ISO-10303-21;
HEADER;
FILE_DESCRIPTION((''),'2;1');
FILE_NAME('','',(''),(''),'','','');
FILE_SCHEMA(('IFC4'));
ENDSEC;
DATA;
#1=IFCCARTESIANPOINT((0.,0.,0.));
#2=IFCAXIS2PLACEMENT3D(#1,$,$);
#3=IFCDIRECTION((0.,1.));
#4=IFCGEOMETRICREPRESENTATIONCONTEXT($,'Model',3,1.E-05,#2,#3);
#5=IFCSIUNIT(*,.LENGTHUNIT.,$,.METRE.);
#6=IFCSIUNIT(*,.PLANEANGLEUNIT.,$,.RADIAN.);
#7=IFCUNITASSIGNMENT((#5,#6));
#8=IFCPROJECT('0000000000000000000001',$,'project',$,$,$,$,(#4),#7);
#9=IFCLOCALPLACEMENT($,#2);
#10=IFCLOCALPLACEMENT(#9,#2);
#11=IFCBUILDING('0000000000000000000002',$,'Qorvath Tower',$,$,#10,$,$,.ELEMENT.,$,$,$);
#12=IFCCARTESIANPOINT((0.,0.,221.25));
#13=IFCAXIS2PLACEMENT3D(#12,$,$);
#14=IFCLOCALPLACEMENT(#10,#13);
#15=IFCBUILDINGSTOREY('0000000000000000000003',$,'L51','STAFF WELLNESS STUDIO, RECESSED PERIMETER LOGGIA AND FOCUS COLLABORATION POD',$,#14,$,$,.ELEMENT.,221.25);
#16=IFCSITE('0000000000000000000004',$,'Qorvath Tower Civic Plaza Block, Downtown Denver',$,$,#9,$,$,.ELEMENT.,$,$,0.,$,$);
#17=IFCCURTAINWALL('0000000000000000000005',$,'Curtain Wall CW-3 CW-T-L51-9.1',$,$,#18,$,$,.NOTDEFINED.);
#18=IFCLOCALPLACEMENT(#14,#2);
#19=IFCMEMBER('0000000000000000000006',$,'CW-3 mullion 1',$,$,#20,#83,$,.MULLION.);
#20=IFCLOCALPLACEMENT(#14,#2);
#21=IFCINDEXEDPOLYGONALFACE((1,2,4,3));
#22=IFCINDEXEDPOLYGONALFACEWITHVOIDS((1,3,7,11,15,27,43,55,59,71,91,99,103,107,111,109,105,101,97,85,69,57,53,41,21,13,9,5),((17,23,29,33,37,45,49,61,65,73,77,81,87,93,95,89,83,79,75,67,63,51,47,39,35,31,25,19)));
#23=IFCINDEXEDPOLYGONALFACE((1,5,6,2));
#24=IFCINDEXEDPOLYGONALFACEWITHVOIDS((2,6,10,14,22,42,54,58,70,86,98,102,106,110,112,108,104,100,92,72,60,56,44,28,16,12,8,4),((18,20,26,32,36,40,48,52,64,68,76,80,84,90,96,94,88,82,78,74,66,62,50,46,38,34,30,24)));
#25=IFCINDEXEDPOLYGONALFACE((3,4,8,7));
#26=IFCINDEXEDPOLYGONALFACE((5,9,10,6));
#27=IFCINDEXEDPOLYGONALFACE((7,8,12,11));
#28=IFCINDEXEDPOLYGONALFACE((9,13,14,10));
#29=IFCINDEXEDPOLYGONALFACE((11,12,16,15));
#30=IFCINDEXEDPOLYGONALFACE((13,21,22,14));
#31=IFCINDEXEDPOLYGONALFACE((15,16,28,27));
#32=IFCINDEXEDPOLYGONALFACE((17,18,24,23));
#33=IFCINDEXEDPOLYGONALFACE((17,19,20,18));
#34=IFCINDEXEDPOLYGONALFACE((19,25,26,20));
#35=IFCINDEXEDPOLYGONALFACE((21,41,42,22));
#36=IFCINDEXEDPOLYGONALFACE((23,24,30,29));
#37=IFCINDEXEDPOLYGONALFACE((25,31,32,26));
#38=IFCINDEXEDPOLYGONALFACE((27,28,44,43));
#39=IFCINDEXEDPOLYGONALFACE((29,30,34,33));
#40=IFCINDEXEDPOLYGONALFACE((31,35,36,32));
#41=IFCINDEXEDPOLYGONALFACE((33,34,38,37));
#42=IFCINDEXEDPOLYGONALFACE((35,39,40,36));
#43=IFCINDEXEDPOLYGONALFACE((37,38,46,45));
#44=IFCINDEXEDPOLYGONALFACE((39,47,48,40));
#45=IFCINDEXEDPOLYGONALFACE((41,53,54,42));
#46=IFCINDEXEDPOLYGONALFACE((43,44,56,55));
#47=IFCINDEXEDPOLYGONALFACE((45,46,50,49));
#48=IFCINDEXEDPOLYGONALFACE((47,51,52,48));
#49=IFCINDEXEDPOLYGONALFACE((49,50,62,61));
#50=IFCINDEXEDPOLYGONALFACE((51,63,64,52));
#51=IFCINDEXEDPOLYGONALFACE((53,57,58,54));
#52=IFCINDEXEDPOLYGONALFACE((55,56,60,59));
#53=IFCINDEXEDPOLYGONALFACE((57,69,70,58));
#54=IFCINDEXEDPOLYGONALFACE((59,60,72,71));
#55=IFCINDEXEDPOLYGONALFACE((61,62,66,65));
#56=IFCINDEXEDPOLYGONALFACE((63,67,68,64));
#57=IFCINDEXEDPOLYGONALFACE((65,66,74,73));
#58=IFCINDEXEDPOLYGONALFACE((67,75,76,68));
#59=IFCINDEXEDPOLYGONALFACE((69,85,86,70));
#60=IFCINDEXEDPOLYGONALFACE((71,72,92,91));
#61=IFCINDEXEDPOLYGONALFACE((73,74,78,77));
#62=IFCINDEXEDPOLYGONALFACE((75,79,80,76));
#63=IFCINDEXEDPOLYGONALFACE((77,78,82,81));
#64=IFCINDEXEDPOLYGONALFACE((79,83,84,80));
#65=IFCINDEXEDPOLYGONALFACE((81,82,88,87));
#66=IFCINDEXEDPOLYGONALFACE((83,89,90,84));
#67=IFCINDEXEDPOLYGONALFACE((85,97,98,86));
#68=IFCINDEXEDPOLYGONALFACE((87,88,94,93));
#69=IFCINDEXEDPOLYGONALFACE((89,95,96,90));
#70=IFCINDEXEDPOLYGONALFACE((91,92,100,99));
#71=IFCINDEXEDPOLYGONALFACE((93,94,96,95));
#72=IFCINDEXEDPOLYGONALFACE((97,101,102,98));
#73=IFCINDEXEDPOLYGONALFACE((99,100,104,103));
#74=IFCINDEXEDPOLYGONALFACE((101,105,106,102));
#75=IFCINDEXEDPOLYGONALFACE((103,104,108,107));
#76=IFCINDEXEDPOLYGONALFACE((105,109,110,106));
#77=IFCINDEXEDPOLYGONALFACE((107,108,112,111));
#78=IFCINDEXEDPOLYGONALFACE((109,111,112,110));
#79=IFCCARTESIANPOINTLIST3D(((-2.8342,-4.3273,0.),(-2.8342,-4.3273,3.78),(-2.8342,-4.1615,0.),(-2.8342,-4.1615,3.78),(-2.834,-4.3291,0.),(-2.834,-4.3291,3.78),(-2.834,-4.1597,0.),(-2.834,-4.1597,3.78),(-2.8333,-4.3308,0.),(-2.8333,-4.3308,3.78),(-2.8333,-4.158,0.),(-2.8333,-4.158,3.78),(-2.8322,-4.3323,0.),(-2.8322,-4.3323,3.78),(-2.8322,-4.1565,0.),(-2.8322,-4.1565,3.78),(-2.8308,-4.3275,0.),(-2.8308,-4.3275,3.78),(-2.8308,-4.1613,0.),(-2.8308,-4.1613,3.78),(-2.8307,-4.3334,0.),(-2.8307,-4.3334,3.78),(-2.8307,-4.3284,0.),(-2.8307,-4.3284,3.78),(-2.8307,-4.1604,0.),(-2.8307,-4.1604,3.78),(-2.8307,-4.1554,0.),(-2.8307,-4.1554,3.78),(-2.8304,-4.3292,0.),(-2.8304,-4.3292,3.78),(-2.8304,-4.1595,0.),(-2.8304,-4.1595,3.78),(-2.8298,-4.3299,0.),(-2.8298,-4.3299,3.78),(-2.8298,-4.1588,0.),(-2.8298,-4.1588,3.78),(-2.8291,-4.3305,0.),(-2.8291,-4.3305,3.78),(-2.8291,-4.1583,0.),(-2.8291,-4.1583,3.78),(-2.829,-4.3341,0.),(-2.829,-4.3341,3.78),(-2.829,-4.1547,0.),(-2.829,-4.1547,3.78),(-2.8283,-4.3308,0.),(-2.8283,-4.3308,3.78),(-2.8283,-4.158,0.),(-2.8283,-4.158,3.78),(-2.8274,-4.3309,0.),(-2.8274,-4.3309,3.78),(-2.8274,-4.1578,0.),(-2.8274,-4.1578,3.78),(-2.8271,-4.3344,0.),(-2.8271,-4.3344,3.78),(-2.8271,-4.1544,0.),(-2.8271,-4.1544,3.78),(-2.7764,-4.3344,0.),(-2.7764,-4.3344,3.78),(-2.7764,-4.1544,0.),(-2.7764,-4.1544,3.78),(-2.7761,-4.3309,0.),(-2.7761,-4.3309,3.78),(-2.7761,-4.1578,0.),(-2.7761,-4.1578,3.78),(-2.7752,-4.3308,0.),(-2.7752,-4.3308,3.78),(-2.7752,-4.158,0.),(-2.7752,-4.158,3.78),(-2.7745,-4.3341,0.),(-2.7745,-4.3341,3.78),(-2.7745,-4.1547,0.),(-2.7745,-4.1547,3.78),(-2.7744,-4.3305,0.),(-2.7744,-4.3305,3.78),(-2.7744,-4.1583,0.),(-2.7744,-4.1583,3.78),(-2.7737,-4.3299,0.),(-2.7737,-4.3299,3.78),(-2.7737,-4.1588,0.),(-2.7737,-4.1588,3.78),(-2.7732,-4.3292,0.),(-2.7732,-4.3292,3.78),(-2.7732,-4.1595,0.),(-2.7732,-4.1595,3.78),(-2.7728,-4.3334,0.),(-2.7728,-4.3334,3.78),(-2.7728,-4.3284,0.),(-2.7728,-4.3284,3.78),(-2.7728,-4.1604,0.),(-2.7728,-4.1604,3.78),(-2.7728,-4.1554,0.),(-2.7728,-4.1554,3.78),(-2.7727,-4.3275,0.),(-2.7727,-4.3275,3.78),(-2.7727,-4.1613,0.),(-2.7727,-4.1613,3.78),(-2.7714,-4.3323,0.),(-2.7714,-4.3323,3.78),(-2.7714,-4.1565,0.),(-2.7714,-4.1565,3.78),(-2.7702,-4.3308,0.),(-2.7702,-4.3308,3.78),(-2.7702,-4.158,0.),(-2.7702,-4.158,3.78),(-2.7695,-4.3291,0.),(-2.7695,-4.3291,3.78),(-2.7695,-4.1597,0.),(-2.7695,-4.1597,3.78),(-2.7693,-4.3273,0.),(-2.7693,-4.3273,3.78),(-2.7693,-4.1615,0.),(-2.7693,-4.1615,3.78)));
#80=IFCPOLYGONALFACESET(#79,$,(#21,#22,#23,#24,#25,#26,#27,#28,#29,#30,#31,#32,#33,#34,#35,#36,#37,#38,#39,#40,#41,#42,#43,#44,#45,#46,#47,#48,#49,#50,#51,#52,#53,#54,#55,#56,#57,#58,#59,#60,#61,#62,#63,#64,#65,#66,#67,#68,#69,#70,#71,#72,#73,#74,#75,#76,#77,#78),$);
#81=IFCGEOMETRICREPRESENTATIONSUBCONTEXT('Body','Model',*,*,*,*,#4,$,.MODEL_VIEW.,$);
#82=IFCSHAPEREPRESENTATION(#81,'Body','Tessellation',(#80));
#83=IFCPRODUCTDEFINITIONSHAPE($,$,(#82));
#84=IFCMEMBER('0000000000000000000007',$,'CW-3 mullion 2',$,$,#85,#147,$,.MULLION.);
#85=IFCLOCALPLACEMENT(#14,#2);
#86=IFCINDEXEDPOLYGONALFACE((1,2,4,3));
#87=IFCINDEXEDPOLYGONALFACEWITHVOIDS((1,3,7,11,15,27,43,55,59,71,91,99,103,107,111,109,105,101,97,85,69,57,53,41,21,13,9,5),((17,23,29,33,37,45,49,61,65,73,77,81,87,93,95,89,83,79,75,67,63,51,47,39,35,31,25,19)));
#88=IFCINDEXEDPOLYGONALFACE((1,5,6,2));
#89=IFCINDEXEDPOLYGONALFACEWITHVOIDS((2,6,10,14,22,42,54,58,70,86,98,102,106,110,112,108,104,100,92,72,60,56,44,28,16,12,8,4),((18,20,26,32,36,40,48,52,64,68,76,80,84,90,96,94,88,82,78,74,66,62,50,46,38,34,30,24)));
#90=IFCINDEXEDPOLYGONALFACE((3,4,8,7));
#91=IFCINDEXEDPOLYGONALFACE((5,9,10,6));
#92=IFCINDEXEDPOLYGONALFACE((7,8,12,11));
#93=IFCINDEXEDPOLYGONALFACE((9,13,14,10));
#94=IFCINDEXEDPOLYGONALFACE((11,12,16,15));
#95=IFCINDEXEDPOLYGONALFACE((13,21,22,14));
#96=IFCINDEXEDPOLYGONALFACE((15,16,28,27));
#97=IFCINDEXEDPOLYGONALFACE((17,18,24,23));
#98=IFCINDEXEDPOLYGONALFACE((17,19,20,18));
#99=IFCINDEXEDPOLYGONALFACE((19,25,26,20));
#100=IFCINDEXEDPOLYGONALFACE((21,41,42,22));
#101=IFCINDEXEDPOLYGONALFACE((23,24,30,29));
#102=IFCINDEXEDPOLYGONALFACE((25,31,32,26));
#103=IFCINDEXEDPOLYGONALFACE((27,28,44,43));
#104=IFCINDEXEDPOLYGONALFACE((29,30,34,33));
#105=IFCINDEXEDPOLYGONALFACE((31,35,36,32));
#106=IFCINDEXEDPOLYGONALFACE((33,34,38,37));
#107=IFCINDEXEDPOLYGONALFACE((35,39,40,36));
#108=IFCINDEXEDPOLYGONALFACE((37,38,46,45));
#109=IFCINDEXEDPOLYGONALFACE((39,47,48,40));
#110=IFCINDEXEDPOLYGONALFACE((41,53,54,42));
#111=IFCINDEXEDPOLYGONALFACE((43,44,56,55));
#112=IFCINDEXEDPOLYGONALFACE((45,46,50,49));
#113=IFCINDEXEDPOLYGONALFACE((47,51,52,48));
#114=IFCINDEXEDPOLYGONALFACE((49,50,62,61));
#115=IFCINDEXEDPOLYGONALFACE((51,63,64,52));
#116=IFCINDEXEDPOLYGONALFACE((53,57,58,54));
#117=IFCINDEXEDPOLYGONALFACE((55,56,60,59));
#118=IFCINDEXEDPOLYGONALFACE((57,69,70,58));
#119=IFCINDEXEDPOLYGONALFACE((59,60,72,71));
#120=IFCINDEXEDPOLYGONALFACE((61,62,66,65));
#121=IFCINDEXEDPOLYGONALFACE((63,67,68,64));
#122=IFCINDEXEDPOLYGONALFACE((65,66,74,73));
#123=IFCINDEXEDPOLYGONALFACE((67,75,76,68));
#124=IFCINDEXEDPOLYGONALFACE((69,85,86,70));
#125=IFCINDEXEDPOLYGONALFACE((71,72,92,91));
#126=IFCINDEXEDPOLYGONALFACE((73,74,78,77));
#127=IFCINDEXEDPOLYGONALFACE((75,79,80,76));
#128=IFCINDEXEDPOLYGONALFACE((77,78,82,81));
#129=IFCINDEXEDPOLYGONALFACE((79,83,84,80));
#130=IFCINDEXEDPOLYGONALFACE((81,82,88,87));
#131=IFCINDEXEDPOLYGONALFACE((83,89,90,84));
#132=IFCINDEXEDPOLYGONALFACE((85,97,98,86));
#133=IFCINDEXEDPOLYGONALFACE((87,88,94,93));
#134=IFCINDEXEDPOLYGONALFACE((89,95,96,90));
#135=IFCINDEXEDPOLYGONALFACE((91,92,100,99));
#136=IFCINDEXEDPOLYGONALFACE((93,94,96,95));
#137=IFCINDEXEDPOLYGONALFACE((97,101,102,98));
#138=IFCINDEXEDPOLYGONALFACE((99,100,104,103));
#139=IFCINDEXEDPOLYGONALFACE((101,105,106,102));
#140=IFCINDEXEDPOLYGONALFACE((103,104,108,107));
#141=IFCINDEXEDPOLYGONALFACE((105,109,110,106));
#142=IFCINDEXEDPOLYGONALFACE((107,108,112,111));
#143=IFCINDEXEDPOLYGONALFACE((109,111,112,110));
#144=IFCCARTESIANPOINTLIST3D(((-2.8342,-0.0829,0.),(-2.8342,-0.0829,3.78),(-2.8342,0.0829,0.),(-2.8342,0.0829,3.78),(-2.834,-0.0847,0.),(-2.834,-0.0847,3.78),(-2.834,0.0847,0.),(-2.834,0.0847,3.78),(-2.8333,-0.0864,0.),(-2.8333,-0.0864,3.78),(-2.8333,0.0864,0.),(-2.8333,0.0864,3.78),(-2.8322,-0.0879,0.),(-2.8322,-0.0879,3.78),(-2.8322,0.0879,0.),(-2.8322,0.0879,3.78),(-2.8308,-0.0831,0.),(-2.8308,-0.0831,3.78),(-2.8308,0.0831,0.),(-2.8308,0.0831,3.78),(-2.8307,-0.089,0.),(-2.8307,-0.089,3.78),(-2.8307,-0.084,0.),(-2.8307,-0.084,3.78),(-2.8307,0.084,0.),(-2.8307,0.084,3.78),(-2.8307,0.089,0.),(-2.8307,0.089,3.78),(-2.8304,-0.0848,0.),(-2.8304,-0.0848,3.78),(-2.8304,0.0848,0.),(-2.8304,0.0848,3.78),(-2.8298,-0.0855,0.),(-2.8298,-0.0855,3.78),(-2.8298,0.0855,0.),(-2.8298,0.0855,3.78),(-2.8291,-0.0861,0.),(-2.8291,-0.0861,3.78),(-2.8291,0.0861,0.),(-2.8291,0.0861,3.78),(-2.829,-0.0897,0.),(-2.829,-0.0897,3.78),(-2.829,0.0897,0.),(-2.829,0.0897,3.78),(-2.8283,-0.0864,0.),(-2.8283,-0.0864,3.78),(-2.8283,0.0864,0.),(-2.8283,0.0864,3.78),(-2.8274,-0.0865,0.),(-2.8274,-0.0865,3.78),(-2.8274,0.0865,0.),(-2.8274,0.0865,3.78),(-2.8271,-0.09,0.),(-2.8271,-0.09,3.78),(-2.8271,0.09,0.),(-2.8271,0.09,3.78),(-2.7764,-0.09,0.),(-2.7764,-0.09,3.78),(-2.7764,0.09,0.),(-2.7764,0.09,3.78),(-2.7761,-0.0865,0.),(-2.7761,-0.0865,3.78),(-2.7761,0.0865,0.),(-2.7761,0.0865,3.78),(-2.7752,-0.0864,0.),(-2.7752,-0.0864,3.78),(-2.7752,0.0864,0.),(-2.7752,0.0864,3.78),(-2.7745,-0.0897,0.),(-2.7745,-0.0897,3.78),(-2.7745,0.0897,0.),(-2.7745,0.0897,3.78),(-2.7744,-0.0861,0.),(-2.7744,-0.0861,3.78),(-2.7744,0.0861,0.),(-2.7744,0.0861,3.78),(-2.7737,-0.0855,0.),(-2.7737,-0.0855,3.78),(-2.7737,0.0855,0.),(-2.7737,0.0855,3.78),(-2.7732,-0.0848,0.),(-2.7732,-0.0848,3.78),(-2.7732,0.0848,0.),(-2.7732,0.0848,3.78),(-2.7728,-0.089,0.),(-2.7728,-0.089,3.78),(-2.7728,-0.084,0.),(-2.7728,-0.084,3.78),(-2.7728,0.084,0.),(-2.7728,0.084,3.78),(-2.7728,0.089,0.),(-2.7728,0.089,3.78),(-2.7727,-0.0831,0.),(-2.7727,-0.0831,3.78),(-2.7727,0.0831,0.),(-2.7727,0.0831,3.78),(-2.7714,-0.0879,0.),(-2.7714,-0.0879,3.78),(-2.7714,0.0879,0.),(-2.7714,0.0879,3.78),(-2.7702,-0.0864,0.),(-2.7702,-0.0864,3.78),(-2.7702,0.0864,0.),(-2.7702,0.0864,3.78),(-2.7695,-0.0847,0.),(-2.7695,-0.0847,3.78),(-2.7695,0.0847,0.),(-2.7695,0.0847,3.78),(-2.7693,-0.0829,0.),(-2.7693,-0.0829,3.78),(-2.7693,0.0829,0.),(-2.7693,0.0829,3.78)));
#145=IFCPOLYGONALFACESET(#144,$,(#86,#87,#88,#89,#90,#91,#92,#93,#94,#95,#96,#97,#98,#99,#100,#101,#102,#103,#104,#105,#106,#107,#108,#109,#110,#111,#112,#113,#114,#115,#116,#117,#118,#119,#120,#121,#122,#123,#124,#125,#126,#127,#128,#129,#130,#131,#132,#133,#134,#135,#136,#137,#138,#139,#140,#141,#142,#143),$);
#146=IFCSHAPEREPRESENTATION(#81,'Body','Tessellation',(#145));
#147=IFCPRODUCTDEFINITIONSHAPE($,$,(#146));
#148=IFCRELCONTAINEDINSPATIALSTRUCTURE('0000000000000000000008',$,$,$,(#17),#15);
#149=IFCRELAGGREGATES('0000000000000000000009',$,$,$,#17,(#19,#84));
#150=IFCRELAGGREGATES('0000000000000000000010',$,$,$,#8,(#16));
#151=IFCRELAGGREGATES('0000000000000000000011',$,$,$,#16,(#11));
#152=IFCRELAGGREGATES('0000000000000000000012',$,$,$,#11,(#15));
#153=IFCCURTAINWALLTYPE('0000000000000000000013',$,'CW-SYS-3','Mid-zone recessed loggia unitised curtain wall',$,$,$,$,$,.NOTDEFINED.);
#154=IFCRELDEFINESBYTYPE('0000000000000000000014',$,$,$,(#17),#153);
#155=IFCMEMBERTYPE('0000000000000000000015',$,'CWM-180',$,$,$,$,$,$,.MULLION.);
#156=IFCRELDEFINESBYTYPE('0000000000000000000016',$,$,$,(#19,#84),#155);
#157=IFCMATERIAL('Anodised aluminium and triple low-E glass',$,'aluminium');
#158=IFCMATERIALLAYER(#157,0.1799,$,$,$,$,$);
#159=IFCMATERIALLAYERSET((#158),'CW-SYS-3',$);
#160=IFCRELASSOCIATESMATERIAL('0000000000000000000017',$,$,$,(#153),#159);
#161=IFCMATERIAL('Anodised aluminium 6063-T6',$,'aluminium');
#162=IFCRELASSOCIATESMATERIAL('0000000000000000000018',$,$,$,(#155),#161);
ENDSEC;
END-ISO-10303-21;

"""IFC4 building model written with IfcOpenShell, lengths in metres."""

from ifc_helpers import new_model, si_unit, direction, frame, origin, origin_2d, place, context, subcontext, project, spatial, hollow_rectangle, extrude, material, layer, layer_set, material_profile, profile_set, type_object, element, aggregate, save


model = new_model("IFC4")

# Units and contexts
model_context = context("Model", 3, precision=1e-05, world=origin(), true_north=direction((0.0, 1.0)))
body_context = subcontext(model_context, "Body", "Model", "MODEL_VIEW")
ifc_project = project(units=[si_unit("LENGTHUNIT", "METRE"), si_unit("PLANEANGLEUNIT", "RADIAN")], contexts=[model_context])

# Site, building, storey
site_placement = place(None, origin())
site = spatial("IfcSite", under=ifc_project, at=site_placement, Name="Qorvath Tower Civic Plaza Block, Downtown Denver", CompositionType="ELEMENT", RefElevation=0.0)
building_placement = place(site_placement, origin())
building = spatial("IfcBuilding", under=site, at=building_placement, Name="Qorvath Tower", CompositionType="ELEMENT")
storey_placement = place(building_placement, frame((0.0, 0.0, 221.25)))
storey = spatial("IfcBuildingStorey", under=building, at=storey_placement, Name="L51", Description="STAFF WELLNESS STUDIO, RECESSED PERIMETER LOGGIA AND FOCUS COLLABORATION POD", CompositionType="ELEMENT", Elevation=221.25)

# Curtain wall, members
ifc_material_1 = material(Name="Anodised aluminium and triple low-E glass", Category="aluminium")
ifc_layer_1 = layer(ifc_material_1, 0.1799)
ifc_layer_set_1 = layer_set([ifc_layer_1], Name="CW-SYS-3")
curtain_wall_type = type_object("IfcCurtainWallType", Name="CW-SYS-3", Description="Mid-zone recessed loggia unitised curtain wall", PredefinedType="NOTDEFINED", material=ifc_layer_set_1)
curtain_wall_placement = place(storey_placement, origin())
curtain_wall = element("IfcCurtainWall", 1, at=curtain_wall_placement, inside=storey, type_object=curtain_wall_type, Name="Curtain Wall CW-3 CW-T-L51-9.1", PredefinedType="NOTDEFINED")
ifc_material_2 = material(Name="Anodised aluminium 6063-T6", Category="aluminium")
ifc_material_profile_1 = material_profile(ifc_material_2, hollow_rectangle(XDim=0.0649, YDim=0.1799, WallThickness=0.0034, InnerFilletRadius=0.0034, OuterFilletRadius=0.0071, at=origin_2d()), Name="CWM 180x65")
ifc_profile_set_1 = profile_set([ifc_material_profile_1], Name="Anodised aluminium 6063-T6")
member_type_1 = type_object("IfcMemberType", Name="CWM-180", PredefinedType="MULLION", material=ifc_profile_set_1)
member_1_placement = place(storey_placement, frame((-2.8018, -4.2444, 0.0), z_axis=(0.0, 0.0, 1.0), x_axis=(-1.0, 0.0, 0.0)))
member_1 = element("IfcMember", 2, at=member_1_placement, type_object=member_type_1, Name="CW-3 mullion 1", PredefinedType="MULLION", context=body_context, shape_type="SweptSolid", body=[
    extrude(hollow_rectangle(XDim=0.0649, YDim=0.1799, WallThickness=0.0034, InnerFilletRadius=0.0034, OuterFilletRadius=0.0071, at=origin_2d()), origin(), (0.0, 0.0, 1.0), 3.78),
])
member_2_placement = place(storey_placement, frame((-2.8018, 0.0, 0.0), z_axis=(0.0, 0.0, 1.0), x_axis=(-1.0, 0.0, 0.0)))
member_2 = element("IfcMember", 3, at=member_2_placement, type_object=member_type_1, Name="CW-3 mullion 2", PredefinedType="MULLION", context=body_context, shape_type="SweptSolid", body=[
    extrude(hollow_rectangle(XDim=0.0649, YDim=0.1799, WallThickness=0.0034, InnerFilletRadius=0.0034, OuterFilletRadius=0.0071, at=origin_2d()), origin(), (0.0, 0.0, 1.0), 3.78),
])
aggregate(curtain_wall, [member_1, member_2])

save(model, "model.ifc")
